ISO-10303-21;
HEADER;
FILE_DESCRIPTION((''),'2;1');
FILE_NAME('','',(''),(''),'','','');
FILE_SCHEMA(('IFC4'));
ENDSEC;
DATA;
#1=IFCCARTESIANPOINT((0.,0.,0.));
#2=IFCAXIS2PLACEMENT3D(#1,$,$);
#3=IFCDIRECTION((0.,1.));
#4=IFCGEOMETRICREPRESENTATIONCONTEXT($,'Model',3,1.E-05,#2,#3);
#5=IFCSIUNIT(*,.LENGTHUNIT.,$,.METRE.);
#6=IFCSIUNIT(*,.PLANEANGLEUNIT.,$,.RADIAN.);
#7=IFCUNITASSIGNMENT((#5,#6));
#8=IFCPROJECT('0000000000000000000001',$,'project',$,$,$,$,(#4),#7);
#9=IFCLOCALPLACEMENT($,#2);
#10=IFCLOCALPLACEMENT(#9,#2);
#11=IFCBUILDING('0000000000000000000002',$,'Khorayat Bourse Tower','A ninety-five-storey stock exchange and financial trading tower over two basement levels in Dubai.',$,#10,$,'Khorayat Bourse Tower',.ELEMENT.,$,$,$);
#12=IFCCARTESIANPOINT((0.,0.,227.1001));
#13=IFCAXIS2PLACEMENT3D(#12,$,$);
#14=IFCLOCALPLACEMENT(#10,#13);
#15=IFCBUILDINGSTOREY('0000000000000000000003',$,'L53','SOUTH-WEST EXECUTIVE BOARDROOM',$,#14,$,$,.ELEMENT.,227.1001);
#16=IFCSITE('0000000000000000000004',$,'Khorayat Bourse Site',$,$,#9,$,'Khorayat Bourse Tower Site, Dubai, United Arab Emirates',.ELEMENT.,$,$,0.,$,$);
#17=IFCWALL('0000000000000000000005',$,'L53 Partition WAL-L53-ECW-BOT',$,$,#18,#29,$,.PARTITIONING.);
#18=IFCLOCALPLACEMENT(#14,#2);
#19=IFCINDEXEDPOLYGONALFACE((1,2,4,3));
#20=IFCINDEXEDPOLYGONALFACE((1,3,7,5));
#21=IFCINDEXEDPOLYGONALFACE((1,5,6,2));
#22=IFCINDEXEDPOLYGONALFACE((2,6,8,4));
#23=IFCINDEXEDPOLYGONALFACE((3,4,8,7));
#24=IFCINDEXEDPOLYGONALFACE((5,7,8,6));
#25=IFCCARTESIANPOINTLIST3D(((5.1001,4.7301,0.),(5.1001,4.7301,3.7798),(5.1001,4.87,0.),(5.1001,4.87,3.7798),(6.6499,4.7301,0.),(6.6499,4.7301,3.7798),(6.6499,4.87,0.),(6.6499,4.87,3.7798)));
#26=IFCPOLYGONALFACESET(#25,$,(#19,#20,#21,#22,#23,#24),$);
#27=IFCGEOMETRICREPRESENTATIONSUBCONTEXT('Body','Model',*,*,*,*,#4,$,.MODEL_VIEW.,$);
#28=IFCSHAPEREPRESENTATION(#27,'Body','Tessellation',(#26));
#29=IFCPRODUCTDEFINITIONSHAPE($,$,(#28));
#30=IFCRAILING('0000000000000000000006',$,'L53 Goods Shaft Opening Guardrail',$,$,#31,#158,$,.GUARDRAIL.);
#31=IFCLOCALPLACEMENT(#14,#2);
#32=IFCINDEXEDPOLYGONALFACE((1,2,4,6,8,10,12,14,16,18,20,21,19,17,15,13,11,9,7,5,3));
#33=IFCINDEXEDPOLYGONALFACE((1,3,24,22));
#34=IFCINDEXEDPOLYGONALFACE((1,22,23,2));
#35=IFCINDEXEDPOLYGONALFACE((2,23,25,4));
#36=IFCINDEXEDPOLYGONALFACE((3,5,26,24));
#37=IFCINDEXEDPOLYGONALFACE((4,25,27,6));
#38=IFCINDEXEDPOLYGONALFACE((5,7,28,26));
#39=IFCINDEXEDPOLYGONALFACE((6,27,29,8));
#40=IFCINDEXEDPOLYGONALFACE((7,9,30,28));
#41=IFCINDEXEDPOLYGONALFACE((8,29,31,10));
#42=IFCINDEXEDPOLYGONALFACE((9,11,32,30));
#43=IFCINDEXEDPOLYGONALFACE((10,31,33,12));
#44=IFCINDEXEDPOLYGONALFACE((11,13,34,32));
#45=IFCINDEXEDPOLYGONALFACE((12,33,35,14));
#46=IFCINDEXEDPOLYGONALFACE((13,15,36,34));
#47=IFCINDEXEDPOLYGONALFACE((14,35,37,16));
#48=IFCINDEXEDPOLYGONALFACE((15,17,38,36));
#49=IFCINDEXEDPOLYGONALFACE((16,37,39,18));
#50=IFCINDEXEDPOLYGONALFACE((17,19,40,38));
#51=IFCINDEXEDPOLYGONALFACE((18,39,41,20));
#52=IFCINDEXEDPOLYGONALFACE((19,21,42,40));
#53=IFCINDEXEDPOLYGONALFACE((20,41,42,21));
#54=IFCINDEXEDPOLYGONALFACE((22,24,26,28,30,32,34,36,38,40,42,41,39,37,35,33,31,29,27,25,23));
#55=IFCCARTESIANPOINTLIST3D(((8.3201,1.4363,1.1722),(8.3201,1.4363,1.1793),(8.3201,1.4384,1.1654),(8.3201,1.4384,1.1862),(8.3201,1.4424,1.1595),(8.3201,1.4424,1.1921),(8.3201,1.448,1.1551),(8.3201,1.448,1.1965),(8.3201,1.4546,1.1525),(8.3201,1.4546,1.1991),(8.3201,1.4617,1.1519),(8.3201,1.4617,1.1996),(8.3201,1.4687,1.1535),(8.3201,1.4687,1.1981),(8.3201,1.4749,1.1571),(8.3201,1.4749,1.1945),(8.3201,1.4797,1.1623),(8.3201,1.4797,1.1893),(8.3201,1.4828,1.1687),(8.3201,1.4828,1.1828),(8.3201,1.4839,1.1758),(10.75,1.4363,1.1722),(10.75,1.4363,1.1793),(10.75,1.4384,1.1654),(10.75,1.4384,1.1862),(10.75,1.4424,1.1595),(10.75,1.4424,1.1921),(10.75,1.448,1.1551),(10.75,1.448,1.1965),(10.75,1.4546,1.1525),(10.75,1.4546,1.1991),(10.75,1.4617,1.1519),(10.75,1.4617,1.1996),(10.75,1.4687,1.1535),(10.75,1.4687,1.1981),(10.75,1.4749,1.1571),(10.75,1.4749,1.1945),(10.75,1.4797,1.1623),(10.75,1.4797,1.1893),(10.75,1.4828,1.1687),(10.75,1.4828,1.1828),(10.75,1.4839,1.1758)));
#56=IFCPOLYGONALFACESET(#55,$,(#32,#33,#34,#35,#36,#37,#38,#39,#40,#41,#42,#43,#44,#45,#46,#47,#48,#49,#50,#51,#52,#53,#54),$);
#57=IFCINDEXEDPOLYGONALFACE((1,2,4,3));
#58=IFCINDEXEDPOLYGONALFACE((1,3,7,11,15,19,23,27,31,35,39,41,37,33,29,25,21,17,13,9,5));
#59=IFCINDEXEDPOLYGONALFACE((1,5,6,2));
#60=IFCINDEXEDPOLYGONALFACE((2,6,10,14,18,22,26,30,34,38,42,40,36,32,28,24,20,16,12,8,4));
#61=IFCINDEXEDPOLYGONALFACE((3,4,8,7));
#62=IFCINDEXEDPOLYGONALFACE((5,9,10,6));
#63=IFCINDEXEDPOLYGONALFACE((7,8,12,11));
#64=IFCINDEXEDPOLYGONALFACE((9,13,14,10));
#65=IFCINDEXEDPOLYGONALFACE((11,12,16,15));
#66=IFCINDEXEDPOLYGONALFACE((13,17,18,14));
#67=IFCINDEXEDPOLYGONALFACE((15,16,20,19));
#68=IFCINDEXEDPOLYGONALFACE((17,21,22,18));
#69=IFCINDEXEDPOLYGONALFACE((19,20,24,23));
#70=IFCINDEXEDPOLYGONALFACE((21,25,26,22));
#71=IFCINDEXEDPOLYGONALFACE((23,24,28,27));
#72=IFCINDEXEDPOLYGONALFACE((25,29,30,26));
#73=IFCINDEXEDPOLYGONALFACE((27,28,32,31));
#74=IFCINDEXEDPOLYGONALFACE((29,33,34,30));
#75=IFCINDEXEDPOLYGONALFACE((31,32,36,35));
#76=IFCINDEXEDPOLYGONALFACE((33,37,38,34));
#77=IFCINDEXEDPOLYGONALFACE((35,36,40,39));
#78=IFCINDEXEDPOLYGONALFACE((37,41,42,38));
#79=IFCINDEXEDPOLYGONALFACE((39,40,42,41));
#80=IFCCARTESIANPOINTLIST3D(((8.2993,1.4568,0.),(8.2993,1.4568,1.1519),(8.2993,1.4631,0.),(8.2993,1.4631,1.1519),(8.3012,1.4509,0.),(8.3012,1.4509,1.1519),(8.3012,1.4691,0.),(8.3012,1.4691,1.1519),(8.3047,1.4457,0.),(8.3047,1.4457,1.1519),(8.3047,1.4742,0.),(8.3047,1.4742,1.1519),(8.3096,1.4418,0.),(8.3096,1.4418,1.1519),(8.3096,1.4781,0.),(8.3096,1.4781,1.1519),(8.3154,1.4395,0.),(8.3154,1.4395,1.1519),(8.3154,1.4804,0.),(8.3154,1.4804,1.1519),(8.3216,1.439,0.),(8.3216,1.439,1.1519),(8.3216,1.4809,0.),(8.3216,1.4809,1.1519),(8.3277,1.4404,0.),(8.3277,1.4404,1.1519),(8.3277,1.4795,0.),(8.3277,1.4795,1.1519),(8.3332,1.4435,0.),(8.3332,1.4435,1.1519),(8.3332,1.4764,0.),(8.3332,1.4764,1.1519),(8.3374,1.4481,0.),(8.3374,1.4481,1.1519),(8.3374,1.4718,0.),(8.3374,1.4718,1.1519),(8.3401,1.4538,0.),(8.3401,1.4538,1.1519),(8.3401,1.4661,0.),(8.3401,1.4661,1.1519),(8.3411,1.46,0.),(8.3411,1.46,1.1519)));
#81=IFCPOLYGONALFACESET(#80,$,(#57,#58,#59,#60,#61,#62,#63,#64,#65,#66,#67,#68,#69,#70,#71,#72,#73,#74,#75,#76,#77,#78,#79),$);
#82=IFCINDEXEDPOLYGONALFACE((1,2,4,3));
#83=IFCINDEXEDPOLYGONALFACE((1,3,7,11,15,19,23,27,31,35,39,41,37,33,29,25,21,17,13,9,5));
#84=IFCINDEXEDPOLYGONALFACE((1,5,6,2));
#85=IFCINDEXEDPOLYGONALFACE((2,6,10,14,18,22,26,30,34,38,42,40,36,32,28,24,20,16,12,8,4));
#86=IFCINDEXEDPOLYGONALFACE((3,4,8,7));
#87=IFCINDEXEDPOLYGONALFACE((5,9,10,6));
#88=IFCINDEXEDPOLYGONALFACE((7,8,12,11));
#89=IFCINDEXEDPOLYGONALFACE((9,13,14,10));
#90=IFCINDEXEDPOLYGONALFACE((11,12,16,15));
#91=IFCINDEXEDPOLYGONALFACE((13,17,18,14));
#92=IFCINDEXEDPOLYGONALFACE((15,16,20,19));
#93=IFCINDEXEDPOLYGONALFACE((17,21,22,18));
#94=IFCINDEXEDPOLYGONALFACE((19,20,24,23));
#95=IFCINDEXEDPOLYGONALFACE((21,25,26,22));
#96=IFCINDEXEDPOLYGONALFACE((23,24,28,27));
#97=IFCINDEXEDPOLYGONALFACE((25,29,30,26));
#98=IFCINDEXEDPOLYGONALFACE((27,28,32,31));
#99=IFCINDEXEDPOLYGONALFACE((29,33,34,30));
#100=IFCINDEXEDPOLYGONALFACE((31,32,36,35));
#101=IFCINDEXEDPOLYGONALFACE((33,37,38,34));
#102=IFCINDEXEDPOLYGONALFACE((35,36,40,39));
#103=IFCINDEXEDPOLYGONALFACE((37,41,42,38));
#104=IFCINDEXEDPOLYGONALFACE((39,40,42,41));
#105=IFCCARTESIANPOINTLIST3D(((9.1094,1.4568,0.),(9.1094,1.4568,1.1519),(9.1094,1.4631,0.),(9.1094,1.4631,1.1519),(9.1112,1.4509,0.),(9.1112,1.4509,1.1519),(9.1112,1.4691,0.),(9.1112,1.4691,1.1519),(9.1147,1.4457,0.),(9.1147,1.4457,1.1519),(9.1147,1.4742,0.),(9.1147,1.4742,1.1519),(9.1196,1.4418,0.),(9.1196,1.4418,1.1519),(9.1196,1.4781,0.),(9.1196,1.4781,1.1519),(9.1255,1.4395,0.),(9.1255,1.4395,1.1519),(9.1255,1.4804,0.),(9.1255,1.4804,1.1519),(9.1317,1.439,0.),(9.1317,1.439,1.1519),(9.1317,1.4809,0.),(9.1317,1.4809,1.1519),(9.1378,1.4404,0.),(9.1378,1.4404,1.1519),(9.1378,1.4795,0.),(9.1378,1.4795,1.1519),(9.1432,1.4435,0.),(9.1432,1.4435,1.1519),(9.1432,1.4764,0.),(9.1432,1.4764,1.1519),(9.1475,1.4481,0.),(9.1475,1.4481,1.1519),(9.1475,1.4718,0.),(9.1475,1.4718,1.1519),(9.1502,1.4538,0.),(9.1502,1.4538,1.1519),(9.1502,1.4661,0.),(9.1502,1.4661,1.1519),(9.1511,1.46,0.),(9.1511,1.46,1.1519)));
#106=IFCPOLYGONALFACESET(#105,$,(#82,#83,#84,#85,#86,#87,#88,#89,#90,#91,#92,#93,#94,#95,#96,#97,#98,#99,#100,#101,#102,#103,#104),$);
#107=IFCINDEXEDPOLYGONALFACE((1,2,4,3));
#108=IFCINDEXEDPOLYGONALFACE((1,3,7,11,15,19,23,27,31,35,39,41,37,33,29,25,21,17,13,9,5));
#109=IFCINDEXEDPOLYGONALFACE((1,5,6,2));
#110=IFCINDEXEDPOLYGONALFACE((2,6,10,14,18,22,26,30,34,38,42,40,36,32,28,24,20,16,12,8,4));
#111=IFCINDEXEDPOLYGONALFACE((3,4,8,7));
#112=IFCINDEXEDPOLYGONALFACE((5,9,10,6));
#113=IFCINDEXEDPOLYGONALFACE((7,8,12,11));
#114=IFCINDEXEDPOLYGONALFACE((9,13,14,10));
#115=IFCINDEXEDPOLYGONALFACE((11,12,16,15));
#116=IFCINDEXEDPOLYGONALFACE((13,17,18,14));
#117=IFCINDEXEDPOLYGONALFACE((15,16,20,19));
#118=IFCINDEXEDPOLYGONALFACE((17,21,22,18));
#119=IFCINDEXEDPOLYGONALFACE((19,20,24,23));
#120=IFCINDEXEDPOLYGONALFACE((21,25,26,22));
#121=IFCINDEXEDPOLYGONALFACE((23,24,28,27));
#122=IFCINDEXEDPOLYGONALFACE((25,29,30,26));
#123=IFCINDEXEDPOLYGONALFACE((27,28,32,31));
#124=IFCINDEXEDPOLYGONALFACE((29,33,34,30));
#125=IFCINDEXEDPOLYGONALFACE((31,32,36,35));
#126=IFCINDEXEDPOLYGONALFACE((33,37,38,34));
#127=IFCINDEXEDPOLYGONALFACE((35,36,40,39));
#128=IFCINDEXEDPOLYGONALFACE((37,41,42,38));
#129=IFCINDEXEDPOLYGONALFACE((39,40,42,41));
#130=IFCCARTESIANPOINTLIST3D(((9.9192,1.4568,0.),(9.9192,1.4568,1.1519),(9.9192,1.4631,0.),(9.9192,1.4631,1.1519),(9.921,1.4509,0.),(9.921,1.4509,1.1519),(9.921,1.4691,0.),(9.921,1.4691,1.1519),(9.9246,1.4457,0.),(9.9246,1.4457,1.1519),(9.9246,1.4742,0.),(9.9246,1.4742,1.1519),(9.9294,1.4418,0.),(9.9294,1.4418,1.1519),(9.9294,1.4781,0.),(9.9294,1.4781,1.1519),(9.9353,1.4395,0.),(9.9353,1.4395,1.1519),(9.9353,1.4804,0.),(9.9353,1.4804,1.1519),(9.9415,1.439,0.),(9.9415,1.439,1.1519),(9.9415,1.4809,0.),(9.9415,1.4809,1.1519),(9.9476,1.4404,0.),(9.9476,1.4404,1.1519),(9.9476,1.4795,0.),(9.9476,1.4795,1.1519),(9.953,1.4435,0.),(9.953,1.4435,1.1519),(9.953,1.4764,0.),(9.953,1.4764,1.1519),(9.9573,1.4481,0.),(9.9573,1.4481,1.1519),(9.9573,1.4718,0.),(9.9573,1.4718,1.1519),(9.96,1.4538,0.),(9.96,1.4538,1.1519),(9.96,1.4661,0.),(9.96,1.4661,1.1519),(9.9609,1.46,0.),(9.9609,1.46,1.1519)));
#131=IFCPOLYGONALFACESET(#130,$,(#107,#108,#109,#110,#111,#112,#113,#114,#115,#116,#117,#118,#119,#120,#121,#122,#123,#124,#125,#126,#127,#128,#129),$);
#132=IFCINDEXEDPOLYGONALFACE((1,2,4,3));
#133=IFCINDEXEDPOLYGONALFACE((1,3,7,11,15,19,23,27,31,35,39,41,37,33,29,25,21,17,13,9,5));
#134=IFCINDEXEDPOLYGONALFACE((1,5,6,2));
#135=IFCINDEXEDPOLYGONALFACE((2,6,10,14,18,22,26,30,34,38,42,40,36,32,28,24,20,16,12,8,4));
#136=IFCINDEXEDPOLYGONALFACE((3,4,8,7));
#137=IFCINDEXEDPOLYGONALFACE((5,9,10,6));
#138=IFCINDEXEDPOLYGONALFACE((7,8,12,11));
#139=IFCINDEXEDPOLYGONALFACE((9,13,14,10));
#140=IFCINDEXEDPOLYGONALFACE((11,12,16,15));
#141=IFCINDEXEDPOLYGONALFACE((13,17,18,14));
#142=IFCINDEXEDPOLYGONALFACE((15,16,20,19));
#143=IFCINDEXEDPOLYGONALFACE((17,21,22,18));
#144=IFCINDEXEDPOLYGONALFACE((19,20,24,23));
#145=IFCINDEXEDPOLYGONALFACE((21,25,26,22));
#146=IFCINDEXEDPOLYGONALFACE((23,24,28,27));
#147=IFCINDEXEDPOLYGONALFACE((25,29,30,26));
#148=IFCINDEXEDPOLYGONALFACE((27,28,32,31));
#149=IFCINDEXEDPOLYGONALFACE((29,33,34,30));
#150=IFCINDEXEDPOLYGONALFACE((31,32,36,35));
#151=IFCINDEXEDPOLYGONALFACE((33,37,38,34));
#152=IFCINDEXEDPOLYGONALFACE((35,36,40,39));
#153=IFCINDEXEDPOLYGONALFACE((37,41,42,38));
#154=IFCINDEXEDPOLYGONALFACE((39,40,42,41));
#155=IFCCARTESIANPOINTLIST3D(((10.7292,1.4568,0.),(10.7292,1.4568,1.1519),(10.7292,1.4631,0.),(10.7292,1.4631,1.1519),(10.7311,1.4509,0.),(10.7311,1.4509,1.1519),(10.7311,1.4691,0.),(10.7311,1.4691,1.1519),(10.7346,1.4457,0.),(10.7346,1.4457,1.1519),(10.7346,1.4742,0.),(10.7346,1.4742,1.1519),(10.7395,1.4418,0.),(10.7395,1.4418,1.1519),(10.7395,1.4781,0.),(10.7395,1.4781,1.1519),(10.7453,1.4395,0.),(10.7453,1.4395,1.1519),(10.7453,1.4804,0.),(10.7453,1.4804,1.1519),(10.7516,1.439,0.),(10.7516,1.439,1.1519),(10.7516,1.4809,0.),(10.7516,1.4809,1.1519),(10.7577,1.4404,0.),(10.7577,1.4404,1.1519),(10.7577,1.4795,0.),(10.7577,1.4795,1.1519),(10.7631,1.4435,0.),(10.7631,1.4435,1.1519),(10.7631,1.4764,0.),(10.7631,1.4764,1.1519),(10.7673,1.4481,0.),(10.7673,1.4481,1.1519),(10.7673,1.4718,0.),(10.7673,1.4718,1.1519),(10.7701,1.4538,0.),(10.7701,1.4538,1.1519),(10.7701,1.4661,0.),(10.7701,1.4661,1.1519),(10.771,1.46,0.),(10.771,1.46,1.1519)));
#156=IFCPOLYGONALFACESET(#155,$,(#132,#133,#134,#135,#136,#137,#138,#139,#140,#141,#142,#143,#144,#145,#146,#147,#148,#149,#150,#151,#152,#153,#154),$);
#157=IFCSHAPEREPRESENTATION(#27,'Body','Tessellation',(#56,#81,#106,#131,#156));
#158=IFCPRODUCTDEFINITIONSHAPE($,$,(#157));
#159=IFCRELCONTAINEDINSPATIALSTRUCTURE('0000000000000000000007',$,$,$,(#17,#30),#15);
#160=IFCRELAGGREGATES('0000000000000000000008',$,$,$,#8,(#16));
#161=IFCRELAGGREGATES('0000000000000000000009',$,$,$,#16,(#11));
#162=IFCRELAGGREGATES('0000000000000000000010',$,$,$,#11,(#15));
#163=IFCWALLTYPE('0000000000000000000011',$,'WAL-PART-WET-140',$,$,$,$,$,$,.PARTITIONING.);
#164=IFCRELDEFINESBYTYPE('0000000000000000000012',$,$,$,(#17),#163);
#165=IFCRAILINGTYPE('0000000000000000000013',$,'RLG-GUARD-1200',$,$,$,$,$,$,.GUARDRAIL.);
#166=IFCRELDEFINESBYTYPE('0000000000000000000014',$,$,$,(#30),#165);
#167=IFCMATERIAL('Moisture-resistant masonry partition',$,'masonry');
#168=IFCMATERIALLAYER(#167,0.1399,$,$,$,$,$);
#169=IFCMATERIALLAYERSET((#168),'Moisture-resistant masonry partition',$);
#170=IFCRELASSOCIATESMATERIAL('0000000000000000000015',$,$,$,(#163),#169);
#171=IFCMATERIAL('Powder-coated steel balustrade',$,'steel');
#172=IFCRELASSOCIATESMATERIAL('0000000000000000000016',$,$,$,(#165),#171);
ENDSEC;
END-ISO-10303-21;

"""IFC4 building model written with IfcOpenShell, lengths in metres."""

from ifc_helpers import new_model, si_unit, direction, frame, frame_2d, origin, origin_2d, place, context, subcontext, project, spatial, rectangle, circle, extrude, source, transform, mapped, material, layer, layer_set, type_object, element, save


model = new_model("IFC4")

# Units and contexts
model_context = context("Model", 3, precision=1e-05, world=origin(), true_north=direction((0.0, 1.0)))
body_context = subcontext(model_context, "Body", "Model", "MODEL_VIEW")
ifc_project = project(units=[si_unit("LENGTHUNIT", "METRE"), si_unit("PLANEANGLEUNIT", "RADIAN")], contexts=[model_context])

# Site, building, storey
site_placement = place(None, origin())
site = spatial("IfcSite", under=ifc_project, at=site_placement, Name="Khorayat Bourse Site", LongName="Khorayat Bourse Tower Site, Dubai, United Arab Emirates", CompositionType="ELEMENT", RefElevation=0.0)
building_placement = place(site_placement, origin())
building = spatial("IfcBuilding", under=site, at=building_placement, Name="Khorayat Bourse Tower", Description="A ninety-five-storey stock exchange and financial trading tower over two basement levels in Dubai.", LongName="Khorayat Bourse Tower", CompositionType="ELEMENT")
storey_placement = place(building_placement, frame((0.0, 0.0, 227.1001)))
storey = spatial("IfcBuildingStorey", under=building, at=storey_placement, Name="L53", Description="SOUTH-WEST EXECUTIVE BOARDROOM", CompositionType="ELEMENT", Elevation=227.1001)

# Shared definitions
ifc_material_1 = material(Name="Moisture-resistant masonry partition", Category="masonry")
ifc_layer_1 = layer(ifc_material_1, 0.1399)
ifc_layer_set_1 = layer_set([ifc_layer_1], Name="Moisture-resistant masonry partition")
wall_type_1 = type_object("IfcWallType", Name="WAL-PART-WET-140", PredefinedType="PARTITIONING", material=ifc_layer_set_1)

# Wall
shared_shape_1 = source(origin(), body_context, "Body", "SweptSolid", [
    extrude(rectangle(XDim=1.5498, YDim=0.1399, at=frame_2d((0.7749, 0.0))), origin(), (0.0, 0.0, 1.0), 3.7798),
])
wall_1_placement = place(storey_placement, frame((5.1001, 4.8, 0.0), z_axis=(0.0, 0.0, 1.0), x_axis=(1.0, 0.0, 0.0)))
element("IfcWall", 1, at=wall_1_placement, inside=storey, type_object=wall_type_1, Name="L53 Partition WAL-L53-ECW-BOT", PredefinedType="PARTITIONING", context=body_context, shape_type="MappedRepresentation", body=[
    mapped(shared_shape_1, transform((0.0, 0.0, 0.0), scale=1.0)),
])

# Railing
ifc_material_2 = material(Name="Powder-coated steel balustrade", Category="steel")
railing_type = type_object("IfcRailingType", Name="RLG-GUARD-1200", PredefinedType="GUARDRAIL", material=ifc_material_2)
shared_shape_2 = source(origin(), body_context, "Body", "SweptSolid", [
    extrude(circle(Radius=0.0239, at=origin_2d()), frame((0.0, 0.0, 1.1758), z_axis=(1.0, 0.0, 0.0), x_axis=(0.0, 1.0, 0.0)), (0.0, 0.0, 1.0), 2.4299),
    extrude(circle(Radius=0.021, at=origin_2d()), origin(), (0.0, 0.0, 1.0), 1.1519),
    extrude(circle(Radius=0.021, at=origin_2d()), frame((0.8101, 0.0, 0.0)), (0.0, 0.0, 1.0), 1.1519),
    extrude(circle(Radius=0.021, at=origin_2d()), frame((1.6199, 0.0, 0.0)), (0.0, 0.0, 1.0), 1.1519),
    extrude(circle(Radius=0.021, at=origin_2d()), frame((2.4299, 0.0, 0.0)), (0.0, 0.0, 1.0), 1.1519),
])
railing_placement = place(storey_placement, frame((8.3201, 1.46, 0.0)))
element("IfcRailing", 2, at=railing_placement, inside=storey, type_object=railing_type, Name="L53 Goods Shaft Opening Guardrail", PredefinedType="GUARDRAIL", context=body_context, shape_type="MappedRepresentation", body=[
    mapped(shared_shape_2, transform((0.0, 0.0, 0.0), scale=1.0)),
])

save(model, "model.ifc")
